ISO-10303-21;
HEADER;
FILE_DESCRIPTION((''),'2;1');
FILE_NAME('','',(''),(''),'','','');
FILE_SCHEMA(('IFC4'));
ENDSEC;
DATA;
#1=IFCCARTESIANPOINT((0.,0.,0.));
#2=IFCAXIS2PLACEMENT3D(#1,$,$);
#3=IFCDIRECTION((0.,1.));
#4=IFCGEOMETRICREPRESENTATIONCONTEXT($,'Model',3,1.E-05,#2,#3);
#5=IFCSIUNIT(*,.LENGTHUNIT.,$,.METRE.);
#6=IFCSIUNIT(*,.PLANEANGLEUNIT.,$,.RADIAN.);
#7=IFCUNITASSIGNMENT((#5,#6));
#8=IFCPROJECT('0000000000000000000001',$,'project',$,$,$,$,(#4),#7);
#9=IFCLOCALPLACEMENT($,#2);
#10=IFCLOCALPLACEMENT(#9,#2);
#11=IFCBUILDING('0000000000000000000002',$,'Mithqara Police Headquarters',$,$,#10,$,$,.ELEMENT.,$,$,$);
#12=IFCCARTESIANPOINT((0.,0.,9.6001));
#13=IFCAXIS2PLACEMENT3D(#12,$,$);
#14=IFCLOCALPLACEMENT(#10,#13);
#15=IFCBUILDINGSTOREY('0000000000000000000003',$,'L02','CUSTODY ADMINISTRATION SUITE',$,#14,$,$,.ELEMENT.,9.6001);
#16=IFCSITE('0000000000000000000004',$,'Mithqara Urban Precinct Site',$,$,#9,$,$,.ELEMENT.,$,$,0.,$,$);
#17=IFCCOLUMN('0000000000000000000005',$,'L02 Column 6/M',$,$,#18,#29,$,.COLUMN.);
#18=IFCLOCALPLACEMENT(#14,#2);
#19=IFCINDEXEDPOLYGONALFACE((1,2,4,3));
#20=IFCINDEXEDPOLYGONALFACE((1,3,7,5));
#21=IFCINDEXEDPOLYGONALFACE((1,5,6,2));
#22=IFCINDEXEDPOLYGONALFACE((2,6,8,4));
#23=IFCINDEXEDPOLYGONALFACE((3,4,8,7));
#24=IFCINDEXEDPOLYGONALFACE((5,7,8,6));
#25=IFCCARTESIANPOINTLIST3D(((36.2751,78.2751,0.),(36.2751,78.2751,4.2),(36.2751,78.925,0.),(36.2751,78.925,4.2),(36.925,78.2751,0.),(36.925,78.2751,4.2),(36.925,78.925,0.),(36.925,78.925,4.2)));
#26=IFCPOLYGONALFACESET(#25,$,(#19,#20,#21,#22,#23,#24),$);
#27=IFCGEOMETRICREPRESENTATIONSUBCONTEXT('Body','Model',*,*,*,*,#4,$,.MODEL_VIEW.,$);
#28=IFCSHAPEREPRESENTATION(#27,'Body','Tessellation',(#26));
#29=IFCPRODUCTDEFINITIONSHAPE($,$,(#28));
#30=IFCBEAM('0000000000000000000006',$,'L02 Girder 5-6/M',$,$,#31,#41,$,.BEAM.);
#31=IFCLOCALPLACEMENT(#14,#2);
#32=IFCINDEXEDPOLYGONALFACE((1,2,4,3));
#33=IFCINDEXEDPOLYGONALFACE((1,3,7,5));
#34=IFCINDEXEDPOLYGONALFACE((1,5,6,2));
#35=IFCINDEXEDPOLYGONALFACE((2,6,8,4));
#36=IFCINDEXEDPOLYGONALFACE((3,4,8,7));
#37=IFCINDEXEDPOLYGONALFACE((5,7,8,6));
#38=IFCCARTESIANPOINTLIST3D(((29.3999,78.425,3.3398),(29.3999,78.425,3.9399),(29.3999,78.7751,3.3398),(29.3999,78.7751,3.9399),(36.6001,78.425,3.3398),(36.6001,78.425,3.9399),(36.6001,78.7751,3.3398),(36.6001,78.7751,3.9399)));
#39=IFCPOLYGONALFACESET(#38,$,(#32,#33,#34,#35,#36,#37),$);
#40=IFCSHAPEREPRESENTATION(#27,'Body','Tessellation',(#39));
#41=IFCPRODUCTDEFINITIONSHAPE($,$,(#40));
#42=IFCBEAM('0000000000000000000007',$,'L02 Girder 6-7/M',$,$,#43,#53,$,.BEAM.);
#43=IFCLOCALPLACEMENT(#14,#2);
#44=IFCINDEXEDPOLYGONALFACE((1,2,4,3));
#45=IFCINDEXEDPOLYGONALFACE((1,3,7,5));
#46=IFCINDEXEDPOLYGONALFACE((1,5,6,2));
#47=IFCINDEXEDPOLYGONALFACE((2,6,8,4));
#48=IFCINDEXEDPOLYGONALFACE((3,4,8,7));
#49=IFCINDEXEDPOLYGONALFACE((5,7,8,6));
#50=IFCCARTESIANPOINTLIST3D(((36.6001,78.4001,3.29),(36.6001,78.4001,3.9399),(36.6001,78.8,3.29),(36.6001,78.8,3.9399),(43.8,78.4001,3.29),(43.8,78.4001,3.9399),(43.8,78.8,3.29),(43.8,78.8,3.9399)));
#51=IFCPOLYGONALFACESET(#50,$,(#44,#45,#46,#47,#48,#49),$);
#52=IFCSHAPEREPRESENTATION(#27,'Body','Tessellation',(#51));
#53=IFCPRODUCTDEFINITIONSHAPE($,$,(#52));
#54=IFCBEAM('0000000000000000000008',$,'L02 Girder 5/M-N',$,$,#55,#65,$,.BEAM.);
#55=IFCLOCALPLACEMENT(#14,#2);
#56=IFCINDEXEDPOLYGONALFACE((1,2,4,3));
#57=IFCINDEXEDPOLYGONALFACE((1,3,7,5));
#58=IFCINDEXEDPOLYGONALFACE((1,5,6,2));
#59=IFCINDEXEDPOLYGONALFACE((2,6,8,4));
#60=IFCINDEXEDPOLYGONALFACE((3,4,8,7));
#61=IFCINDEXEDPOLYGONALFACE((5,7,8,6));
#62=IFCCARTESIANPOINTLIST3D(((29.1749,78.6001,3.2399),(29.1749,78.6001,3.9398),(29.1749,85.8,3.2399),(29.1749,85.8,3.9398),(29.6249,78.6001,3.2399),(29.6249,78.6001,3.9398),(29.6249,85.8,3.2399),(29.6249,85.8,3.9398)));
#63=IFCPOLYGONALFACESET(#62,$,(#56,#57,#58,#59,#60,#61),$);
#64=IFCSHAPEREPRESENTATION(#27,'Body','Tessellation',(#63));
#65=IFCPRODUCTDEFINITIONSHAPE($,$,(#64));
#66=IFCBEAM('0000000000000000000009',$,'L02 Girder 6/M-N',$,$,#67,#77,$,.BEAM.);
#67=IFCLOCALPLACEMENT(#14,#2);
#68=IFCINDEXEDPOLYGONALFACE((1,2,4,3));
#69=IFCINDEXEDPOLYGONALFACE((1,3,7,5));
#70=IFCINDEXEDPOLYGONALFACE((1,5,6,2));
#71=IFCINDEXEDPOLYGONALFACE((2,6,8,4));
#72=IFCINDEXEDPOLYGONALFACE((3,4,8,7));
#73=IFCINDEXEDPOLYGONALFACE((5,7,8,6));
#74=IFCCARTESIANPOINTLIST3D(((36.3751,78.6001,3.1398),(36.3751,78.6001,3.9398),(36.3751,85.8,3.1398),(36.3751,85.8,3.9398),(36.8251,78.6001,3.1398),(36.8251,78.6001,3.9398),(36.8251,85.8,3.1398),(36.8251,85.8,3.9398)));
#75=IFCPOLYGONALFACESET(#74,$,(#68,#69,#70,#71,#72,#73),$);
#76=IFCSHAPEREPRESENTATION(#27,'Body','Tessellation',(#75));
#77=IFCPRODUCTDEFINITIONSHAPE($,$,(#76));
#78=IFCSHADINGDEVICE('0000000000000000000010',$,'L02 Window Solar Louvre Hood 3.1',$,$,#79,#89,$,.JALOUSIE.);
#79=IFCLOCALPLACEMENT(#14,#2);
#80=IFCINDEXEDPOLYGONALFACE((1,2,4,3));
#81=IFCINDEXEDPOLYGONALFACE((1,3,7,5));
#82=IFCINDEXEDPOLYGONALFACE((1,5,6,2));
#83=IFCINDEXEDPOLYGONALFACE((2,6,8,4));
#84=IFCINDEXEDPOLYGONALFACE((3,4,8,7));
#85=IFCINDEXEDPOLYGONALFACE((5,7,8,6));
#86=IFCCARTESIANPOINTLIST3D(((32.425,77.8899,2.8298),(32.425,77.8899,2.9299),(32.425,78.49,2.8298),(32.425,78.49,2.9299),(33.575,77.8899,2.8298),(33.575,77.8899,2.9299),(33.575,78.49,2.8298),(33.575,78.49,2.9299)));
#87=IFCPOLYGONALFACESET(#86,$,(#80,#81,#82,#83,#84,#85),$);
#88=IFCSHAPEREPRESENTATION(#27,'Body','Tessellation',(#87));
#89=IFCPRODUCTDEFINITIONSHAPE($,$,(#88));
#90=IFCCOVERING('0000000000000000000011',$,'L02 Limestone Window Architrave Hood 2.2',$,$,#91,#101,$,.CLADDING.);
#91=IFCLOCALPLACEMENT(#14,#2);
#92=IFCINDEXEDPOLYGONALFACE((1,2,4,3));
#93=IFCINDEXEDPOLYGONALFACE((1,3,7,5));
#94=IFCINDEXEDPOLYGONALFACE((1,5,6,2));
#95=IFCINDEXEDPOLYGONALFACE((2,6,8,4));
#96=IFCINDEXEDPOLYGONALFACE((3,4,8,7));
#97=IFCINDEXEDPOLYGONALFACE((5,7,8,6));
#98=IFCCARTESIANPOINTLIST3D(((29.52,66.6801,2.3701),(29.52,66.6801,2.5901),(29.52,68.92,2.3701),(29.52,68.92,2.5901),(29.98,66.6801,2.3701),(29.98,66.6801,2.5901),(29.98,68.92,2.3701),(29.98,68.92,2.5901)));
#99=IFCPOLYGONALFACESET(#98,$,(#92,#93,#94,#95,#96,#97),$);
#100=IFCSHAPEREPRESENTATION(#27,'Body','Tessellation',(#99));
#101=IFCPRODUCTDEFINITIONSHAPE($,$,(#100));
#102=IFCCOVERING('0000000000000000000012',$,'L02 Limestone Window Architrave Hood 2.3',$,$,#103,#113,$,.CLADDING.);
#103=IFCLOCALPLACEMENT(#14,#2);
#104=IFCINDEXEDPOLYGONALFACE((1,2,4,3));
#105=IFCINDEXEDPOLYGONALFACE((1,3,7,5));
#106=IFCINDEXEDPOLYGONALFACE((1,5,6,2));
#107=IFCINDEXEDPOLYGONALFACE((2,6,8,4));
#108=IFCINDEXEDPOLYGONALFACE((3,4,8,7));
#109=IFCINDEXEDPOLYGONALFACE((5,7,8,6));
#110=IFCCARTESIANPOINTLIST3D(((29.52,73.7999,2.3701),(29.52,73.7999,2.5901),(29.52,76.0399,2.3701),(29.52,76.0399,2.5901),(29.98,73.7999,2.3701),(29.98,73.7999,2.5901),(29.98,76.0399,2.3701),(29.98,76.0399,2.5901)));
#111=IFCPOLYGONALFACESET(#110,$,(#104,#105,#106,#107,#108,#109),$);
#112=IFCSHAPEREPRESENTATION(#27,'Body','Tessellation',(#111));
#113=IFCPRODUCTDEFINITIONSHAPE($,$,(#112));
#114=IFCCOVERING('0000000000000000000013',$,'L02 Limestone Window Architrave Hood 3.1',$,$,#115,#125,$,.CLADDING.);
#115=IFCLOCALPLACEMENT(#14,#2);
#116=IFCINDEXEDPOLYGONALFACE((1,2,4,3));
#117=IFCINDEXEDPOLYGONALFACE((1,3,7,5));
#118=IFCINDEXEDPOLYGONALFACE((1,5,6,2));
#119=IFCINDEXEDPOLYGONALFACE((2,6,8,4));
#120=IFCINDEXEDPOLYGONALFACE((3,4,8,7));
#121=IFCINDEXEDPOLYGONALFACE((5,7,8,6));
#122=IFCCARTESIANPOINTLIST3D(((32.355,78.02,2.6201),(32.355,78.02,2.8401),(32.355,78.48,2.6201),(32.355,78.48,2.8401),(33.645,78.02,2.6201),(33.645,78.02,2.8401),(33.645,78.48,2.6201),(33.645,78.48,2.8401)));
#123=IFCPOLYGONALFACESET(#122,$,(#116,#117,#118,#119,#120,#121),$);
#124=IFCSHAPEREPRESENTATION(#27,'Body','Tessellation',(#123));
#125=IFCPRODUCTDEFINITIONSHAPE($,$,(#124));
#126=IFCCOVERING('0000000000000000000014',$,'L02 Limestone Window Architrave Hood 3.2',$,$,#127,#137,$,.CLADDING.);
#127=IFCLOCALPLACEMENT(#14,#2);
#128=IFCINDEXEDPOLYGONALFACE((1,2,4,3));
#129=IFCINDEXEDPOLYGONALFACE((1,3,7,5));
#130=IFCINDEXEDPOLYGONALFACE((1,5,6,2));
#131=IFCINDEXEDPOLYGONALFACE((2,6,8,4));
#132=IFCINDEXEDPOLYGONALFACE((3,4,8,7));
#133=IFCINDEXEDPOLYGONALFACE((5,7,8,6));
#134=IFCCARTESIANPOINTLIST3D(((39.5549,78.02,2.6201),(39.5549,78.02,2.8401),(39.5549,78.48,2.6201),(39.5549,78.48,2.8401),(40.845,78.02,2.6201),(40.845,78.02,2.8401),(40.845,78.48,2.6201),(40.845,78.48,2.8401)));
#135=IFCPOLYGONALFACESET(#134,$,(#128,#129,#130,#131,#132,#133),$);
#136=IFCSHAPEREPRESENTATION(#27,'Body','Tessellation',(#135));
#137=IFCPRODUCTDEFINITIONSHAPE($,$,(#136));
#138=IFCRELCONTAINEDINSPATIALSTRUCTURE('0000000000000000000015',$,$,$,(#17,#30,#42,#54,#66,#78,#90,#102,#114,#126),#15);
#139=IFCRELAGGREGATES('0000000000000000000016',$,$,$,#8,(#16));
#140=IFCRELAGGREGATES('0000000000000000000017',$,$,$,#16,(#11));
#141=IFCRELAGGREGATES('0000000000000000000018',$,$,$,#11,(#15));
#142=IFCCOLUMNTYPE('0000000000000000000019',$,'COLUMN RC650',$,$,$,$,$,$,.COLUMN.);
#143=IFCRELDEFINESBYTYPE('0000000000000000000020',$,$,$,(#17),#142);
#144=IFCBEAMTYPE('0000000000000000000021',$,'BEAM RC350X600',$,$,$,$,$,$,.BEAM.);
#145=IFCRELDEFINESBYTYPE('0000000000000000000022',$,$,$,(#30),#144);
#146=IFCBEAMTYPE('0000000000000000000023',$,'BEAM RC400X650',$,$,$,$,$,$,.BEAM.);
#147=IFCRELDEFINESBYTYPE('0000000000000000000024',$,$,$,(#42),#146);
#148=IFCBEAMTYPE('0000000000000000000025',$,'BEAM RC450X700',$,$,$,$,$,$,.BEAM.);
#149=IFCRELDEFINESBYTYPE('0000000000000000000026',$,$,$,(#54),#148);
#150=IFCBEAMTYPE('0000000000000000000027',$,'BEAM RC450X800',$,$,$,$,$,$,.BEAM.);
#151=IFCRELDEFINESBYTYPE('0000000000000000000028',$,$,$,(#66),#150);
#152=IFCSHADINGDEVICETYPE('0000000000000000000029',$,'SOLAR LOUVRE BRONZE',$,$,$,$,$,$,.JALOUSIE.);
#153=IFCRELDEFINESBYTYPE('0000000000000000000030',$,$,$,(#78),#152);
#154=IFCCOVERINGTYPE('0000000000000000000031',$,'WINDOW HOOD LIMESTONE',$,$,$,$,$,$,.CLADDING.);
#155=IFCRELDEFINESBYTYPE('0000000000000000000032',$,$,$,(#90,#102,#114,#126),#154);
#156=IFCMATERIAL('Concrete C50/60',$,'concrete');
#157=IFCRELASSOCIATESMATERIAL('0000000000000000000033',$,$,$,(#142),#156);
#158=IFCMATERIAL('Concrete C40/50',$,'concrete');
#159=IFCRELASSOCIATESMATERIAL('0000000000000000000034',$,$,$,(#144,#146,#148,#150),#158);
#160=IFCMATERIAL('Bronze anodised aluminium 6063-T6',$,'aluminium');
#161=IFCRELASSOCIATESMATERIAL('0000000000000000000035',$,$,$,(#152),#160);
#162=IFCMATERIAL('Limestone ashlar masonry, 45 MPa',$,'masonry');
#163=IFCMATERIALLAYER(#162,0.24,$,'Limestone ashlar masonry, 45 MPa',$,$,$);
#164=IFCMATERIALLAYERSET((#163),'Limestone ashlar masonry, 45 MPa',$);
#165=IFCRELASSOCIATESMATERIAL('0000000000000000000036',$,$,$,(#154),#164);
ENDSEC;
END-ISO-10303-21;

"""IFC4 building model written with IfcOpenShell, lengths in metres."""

from ifc_helpers import new_model, si_unit, direction, frame, origin, origin_2d, place, context, subcontext, project, spatial, rectangle, extrude, material, layer, layer_set, material_profile, profile_set, type_object, element, save


model = new_model("IFC4")

# Units and contexts
model_context = context("Model", 3, precision=1e-05, world=origin(), true_north=direction((0.0, 1.0)))
body_context = subcontext(model_context, "Body", "Model", "MODEL_VIEW")
ifc_project = project(units=[si_unit("LENGTHUNIT", "METRE"), si_unit("PLANEANGLEUNIT", "RADIAN")], contexts=[model_context])

# Site, building, storey
site_placement = place(None, origin())
site = spatial("IfcSite", under=ifc_project, at=site_placement, Name="Mithqara Urban Precinct Site", CompositionType="ELEMENT", RefElevation=0.0)
building_placement = place(site_placement, origin())
building = spatial("IfcBuilding", under=site, at=building_placement, Name="Mithqara Police Headquarters", CompositionType="ELEMENT")
storey_placement = place(building_placement, frame((0.0, 0.0, 9.6001)))
storey = spatial("IfcBuildingStorey", under=building, at=storey_placement, Name="L02", Description="CUSTODY ADMINISTRATION SUITE", CompositionType="ELEMENT", Elevation=9.6001)

# Column
ifc_material_1 = material(Name="Concrete C50/60", Category="concrete")
ifc_material_profile_1 = material_profile(ifc_material_1, rectangle(XDim=0.6499, YDim=0.6499, at=origin_2d()), Name="RC 650x650")
ifc_profile_set_1 = profile_set([ifc_material_profile_1], Name="Concrete C50/60")
column_type = type_object("IfcColumnType", Name="COLUMN RC650", PredefinedType="COLUMN", material=ifc_profile_set_1)
column_placement = place(storey_placement, frame((36.6001, 78.6001, 0.0), z_axis=(0.0, 0.0, 1.0), x_axis=(1.0, 0.0, 0.0)))
element("IfcColumn", 1, at=column_placement, inside=storey, type_object=column_type, Name="L02 Column 6/M", PredefinedType="COLUMN", context=body_context, shape_type="SweptSolid", body=[
    extrude(rectangle(XDim=0.6499, YDim=0.6499, at=origin_2d()), origin(), (0.0, 0.0, 1.0), 4.2),
])

# Beams
ifc_material_2 = material(Name="Concrete C40/50", Category="concrete")
ifc_material_profile_2 = material_profile(ifc_material_2, rectangle(XDim=0.3501, YDim=0.6001, at=origin_2d()), Name="RC 350x600")
ifc_profile_set_2 = profile_set([ifc_material_profile_2], Name="Concrete C40/50")
beam_type_1 = type_object("IfcBeamType", Name="BEAM RC350X600", PredefinedType="BEAM", material=ifc_profile_set_2)
beam_1_placement = place(storey_placement, frame((29.3999, 78.6001, 3.6399), z_axis=(1.0, 0.0, 0.0), x_axis=(0.0, 1.0, 0.0)))
element("IfcBeam", 2, at=beam_1_placement, inside=storey, type_object=beam_type_1, Name="L02 Girder 5-6/M", PredefinedType="BEAM", context=body_context, shape_type="SweptSolid", body=[
    extrude(rectangle(XDim=0.3501, YDim=0.6001, at=origin_2d()), origin(), (0.0, 0.0, 1.0), 7.2002),
])
ifc_material_profile_3 = material_profile(ifc_material_2, rectangle(XDim=0.3999, YDim=0.6499, at=origin_2d()), Name="RC 400x650")
ifc_profile_set_3 = profile_set([ifc_material_profile_3], Name="Concrete C40/50")
beam_type_2 = type_object("IfcBeamType", Name="BEAM RC400X650", PredefinedType="BEAM", material=ifc_profile_set_3)
beam_2_placement = place(storey_placement, frame((36.6001, 78.6001, 3.615), z_axis=(1.0, 0.0, 0.0), x_axis=(0.0, 1.0, 0.0)))
element("IfcBeam", 3, at=beam_2_placement, inside=storey, type_object=beam_type_2, Name="L02 Girder 6-7/M", PredefinedType="BEAM", context=body_context, shape_type="SweptSolid", body=[
    extrude(rectangle(XDim=0.3999, YDim=0.6499, at=origin_2d()), origin(), (0.0, 0.0, 1.0), 7.2),
])
ifc_material_profile_4 = material_profile(ifc_material_2, rectangle(XDim=0.45, YDim=0.7, at=origin_2d()), Name="RC 450x700")
ifc_profile_set_4 = profile_set([ifc_material_profile_4], Name="Concrete C40/50")
beam_type_3 = type_object("IfcBeamType", Name="BEAM RC450X700", PredefinedType="BEAM", material=ifc_profile_set_4)
beam_3_placement = place(storey_placement, frame((29.3999, 78.6001, 3.5898), z_axis=(0.0, 1.0, 0.0), x_axis=(-1.0, 0.0, 0.0)))
element("IfcBeam", 4, at=beam_3_placement, inside=storey, type_object=beam_type_3, Name="L02 Girder 5/M-N", PredefinedType="BEAM", context=body_context, shape_type="SweptSolid", body=[
    extrude(rectangle(XDim=0.45, YDim=0.7, at=origin_2d()), origin(), (0.0, 0.0, 1.0), 7.2),
])
ifc_material_profile_5 = material_profile(ifc_material_2, rectangle(XDim=0.45, YDim=0.8, at=origin_2d()), Name="RC 450x800")
ifc_profile_set_5 = profile_set([ifc_material_profile_5], Name="Concrete C40/50")
beam_type_4 = type_object("IfcBeamType", Name="BEAM RC450X800", PredefinedType="BEAM", material=ifc_profile_set_5)
beam_4_placement = place(storey_placement, frame((36.6001, 78.6001, 3.5398), z_axis=(0.0, 1.0, 0.0), x_axis=(-1.0, 0.0, 0.0)))
element("IfcBeam", 5, at=beam_4_placement, inside=storey, type_object=beam_type_4, Name="L02 Girder 6/M-N", PredefinedType="BEAM", context=body_context, shape_type="SweptSolid", body=[
    extrude(rectangle(XDim=0.45, YDim=0.8, at=origin_2d()), origin(), (0.0, 0.0, 1.0), 7.2),
])

# Shading device
ifc_material_3 = material(Name="Bronze anodised aluminium 6063-T6", Category="aluminium")
shading_device_type = type_object("IfcShadingDeviceType", Name="SOLAR LOUVRE BRONZE", PredefinedType="JALOUSIE", material=ifc_material_3)
shading_device_placement = place(storey_placement, frame((33.0, 78.1899, 2.8298), z_axis=(0.0, 0.0, 1.0), x_axis=(1.0, 0.0, 0.0)))
element("IfcShadingDevice", 6, at=shading_device_placement, inside=storey, type_object=shading_device_type, Name="L02 Window Solar Louvre Hood 3.1", PredefinedType="JALOUSIE", context=body_context, shape_type="SweptSolid", body=[
    extrude(rectangle(XDim=1.1499, YDim=0.6001, at=origin_2d()), origin(), (0.0, 0.0, 1.0), 0.1001),
])

# Coverings
ifc_material_4 = material(Name="Limestone ashlar masonry, 45 MPa", Category="masonry")
ifc_layer = layer(ifc_material_4, 0.24, Name="Limestone ashlar masonry, 45 MPa")
ifc_layer_set = layer_set([ifc_layer], Name="Limestone ashlar masonry, 45 MPa")
covering_type = type_object("IfcCoveringType", Name="WINDOW HOOD LIMESTONE", PredefinedType="CLADDING", material=ifc_layer_set)
for number, where, z_axis, x_axis, name in (
    (7, (29.75, 67.8, 2.3701), (0.0, 0.0, 1.0), (0.0, 1.0, 0.0), "L02 Limestone Window Architrave Hood 2.2"),
    (8, (29.75, 74.9199, 2.3701), (0.0, 0.0, 1.0), (0.0, 1.0, 0.0), "L02 Limestone Window Architrave Hood 2.3"),
):
    element("IfcCovering", number, at=place(storey_placement, frame(where, z_axis=z_axis, x_axis=x_axis)), inside=storey, type_object=covering_type, Name=name, PredefinedType="CLADDING", context=body_context, shape_type="SweptSolid", body=[
        extrude(rectangle(XDim=2.24, YDim=0.46, at=origin_2d()), origin(), (0.0, 0.0, 1.0), 0.22),
    ])
for number, where, z_axis, x_axis, name in (
    (9, (33.0, 78.25, 2.6201), (0.0, 0.0, 1.0), (1.0, 0.0, 0.0), "L02 Limestone Window Architrave Hood 3.1"),
    (10, (40.2, 78.25, 2.6201), (0.0, 0.0, 1.0), (1.0, 0.0, 0.0), "L02 Limestone Window Architrave Hood 3.2"),
):
    element("IfcCovering", number, at=place(storey_placement, frame(where, z_axis=z_axis, x_axis=x_axis)), inside=storey, type_object=covering_type, Name=name, PredefinedType="CLADDING", context=body_context, shape_type="SweptSolid", body=[
        extrude(rectangle(XDim=1.29, YDim=0.46, at=origin_2d()), origin(), (0.0, 0.0, 1.0), 0.22),
    ])

save(model, "model.ifc")
